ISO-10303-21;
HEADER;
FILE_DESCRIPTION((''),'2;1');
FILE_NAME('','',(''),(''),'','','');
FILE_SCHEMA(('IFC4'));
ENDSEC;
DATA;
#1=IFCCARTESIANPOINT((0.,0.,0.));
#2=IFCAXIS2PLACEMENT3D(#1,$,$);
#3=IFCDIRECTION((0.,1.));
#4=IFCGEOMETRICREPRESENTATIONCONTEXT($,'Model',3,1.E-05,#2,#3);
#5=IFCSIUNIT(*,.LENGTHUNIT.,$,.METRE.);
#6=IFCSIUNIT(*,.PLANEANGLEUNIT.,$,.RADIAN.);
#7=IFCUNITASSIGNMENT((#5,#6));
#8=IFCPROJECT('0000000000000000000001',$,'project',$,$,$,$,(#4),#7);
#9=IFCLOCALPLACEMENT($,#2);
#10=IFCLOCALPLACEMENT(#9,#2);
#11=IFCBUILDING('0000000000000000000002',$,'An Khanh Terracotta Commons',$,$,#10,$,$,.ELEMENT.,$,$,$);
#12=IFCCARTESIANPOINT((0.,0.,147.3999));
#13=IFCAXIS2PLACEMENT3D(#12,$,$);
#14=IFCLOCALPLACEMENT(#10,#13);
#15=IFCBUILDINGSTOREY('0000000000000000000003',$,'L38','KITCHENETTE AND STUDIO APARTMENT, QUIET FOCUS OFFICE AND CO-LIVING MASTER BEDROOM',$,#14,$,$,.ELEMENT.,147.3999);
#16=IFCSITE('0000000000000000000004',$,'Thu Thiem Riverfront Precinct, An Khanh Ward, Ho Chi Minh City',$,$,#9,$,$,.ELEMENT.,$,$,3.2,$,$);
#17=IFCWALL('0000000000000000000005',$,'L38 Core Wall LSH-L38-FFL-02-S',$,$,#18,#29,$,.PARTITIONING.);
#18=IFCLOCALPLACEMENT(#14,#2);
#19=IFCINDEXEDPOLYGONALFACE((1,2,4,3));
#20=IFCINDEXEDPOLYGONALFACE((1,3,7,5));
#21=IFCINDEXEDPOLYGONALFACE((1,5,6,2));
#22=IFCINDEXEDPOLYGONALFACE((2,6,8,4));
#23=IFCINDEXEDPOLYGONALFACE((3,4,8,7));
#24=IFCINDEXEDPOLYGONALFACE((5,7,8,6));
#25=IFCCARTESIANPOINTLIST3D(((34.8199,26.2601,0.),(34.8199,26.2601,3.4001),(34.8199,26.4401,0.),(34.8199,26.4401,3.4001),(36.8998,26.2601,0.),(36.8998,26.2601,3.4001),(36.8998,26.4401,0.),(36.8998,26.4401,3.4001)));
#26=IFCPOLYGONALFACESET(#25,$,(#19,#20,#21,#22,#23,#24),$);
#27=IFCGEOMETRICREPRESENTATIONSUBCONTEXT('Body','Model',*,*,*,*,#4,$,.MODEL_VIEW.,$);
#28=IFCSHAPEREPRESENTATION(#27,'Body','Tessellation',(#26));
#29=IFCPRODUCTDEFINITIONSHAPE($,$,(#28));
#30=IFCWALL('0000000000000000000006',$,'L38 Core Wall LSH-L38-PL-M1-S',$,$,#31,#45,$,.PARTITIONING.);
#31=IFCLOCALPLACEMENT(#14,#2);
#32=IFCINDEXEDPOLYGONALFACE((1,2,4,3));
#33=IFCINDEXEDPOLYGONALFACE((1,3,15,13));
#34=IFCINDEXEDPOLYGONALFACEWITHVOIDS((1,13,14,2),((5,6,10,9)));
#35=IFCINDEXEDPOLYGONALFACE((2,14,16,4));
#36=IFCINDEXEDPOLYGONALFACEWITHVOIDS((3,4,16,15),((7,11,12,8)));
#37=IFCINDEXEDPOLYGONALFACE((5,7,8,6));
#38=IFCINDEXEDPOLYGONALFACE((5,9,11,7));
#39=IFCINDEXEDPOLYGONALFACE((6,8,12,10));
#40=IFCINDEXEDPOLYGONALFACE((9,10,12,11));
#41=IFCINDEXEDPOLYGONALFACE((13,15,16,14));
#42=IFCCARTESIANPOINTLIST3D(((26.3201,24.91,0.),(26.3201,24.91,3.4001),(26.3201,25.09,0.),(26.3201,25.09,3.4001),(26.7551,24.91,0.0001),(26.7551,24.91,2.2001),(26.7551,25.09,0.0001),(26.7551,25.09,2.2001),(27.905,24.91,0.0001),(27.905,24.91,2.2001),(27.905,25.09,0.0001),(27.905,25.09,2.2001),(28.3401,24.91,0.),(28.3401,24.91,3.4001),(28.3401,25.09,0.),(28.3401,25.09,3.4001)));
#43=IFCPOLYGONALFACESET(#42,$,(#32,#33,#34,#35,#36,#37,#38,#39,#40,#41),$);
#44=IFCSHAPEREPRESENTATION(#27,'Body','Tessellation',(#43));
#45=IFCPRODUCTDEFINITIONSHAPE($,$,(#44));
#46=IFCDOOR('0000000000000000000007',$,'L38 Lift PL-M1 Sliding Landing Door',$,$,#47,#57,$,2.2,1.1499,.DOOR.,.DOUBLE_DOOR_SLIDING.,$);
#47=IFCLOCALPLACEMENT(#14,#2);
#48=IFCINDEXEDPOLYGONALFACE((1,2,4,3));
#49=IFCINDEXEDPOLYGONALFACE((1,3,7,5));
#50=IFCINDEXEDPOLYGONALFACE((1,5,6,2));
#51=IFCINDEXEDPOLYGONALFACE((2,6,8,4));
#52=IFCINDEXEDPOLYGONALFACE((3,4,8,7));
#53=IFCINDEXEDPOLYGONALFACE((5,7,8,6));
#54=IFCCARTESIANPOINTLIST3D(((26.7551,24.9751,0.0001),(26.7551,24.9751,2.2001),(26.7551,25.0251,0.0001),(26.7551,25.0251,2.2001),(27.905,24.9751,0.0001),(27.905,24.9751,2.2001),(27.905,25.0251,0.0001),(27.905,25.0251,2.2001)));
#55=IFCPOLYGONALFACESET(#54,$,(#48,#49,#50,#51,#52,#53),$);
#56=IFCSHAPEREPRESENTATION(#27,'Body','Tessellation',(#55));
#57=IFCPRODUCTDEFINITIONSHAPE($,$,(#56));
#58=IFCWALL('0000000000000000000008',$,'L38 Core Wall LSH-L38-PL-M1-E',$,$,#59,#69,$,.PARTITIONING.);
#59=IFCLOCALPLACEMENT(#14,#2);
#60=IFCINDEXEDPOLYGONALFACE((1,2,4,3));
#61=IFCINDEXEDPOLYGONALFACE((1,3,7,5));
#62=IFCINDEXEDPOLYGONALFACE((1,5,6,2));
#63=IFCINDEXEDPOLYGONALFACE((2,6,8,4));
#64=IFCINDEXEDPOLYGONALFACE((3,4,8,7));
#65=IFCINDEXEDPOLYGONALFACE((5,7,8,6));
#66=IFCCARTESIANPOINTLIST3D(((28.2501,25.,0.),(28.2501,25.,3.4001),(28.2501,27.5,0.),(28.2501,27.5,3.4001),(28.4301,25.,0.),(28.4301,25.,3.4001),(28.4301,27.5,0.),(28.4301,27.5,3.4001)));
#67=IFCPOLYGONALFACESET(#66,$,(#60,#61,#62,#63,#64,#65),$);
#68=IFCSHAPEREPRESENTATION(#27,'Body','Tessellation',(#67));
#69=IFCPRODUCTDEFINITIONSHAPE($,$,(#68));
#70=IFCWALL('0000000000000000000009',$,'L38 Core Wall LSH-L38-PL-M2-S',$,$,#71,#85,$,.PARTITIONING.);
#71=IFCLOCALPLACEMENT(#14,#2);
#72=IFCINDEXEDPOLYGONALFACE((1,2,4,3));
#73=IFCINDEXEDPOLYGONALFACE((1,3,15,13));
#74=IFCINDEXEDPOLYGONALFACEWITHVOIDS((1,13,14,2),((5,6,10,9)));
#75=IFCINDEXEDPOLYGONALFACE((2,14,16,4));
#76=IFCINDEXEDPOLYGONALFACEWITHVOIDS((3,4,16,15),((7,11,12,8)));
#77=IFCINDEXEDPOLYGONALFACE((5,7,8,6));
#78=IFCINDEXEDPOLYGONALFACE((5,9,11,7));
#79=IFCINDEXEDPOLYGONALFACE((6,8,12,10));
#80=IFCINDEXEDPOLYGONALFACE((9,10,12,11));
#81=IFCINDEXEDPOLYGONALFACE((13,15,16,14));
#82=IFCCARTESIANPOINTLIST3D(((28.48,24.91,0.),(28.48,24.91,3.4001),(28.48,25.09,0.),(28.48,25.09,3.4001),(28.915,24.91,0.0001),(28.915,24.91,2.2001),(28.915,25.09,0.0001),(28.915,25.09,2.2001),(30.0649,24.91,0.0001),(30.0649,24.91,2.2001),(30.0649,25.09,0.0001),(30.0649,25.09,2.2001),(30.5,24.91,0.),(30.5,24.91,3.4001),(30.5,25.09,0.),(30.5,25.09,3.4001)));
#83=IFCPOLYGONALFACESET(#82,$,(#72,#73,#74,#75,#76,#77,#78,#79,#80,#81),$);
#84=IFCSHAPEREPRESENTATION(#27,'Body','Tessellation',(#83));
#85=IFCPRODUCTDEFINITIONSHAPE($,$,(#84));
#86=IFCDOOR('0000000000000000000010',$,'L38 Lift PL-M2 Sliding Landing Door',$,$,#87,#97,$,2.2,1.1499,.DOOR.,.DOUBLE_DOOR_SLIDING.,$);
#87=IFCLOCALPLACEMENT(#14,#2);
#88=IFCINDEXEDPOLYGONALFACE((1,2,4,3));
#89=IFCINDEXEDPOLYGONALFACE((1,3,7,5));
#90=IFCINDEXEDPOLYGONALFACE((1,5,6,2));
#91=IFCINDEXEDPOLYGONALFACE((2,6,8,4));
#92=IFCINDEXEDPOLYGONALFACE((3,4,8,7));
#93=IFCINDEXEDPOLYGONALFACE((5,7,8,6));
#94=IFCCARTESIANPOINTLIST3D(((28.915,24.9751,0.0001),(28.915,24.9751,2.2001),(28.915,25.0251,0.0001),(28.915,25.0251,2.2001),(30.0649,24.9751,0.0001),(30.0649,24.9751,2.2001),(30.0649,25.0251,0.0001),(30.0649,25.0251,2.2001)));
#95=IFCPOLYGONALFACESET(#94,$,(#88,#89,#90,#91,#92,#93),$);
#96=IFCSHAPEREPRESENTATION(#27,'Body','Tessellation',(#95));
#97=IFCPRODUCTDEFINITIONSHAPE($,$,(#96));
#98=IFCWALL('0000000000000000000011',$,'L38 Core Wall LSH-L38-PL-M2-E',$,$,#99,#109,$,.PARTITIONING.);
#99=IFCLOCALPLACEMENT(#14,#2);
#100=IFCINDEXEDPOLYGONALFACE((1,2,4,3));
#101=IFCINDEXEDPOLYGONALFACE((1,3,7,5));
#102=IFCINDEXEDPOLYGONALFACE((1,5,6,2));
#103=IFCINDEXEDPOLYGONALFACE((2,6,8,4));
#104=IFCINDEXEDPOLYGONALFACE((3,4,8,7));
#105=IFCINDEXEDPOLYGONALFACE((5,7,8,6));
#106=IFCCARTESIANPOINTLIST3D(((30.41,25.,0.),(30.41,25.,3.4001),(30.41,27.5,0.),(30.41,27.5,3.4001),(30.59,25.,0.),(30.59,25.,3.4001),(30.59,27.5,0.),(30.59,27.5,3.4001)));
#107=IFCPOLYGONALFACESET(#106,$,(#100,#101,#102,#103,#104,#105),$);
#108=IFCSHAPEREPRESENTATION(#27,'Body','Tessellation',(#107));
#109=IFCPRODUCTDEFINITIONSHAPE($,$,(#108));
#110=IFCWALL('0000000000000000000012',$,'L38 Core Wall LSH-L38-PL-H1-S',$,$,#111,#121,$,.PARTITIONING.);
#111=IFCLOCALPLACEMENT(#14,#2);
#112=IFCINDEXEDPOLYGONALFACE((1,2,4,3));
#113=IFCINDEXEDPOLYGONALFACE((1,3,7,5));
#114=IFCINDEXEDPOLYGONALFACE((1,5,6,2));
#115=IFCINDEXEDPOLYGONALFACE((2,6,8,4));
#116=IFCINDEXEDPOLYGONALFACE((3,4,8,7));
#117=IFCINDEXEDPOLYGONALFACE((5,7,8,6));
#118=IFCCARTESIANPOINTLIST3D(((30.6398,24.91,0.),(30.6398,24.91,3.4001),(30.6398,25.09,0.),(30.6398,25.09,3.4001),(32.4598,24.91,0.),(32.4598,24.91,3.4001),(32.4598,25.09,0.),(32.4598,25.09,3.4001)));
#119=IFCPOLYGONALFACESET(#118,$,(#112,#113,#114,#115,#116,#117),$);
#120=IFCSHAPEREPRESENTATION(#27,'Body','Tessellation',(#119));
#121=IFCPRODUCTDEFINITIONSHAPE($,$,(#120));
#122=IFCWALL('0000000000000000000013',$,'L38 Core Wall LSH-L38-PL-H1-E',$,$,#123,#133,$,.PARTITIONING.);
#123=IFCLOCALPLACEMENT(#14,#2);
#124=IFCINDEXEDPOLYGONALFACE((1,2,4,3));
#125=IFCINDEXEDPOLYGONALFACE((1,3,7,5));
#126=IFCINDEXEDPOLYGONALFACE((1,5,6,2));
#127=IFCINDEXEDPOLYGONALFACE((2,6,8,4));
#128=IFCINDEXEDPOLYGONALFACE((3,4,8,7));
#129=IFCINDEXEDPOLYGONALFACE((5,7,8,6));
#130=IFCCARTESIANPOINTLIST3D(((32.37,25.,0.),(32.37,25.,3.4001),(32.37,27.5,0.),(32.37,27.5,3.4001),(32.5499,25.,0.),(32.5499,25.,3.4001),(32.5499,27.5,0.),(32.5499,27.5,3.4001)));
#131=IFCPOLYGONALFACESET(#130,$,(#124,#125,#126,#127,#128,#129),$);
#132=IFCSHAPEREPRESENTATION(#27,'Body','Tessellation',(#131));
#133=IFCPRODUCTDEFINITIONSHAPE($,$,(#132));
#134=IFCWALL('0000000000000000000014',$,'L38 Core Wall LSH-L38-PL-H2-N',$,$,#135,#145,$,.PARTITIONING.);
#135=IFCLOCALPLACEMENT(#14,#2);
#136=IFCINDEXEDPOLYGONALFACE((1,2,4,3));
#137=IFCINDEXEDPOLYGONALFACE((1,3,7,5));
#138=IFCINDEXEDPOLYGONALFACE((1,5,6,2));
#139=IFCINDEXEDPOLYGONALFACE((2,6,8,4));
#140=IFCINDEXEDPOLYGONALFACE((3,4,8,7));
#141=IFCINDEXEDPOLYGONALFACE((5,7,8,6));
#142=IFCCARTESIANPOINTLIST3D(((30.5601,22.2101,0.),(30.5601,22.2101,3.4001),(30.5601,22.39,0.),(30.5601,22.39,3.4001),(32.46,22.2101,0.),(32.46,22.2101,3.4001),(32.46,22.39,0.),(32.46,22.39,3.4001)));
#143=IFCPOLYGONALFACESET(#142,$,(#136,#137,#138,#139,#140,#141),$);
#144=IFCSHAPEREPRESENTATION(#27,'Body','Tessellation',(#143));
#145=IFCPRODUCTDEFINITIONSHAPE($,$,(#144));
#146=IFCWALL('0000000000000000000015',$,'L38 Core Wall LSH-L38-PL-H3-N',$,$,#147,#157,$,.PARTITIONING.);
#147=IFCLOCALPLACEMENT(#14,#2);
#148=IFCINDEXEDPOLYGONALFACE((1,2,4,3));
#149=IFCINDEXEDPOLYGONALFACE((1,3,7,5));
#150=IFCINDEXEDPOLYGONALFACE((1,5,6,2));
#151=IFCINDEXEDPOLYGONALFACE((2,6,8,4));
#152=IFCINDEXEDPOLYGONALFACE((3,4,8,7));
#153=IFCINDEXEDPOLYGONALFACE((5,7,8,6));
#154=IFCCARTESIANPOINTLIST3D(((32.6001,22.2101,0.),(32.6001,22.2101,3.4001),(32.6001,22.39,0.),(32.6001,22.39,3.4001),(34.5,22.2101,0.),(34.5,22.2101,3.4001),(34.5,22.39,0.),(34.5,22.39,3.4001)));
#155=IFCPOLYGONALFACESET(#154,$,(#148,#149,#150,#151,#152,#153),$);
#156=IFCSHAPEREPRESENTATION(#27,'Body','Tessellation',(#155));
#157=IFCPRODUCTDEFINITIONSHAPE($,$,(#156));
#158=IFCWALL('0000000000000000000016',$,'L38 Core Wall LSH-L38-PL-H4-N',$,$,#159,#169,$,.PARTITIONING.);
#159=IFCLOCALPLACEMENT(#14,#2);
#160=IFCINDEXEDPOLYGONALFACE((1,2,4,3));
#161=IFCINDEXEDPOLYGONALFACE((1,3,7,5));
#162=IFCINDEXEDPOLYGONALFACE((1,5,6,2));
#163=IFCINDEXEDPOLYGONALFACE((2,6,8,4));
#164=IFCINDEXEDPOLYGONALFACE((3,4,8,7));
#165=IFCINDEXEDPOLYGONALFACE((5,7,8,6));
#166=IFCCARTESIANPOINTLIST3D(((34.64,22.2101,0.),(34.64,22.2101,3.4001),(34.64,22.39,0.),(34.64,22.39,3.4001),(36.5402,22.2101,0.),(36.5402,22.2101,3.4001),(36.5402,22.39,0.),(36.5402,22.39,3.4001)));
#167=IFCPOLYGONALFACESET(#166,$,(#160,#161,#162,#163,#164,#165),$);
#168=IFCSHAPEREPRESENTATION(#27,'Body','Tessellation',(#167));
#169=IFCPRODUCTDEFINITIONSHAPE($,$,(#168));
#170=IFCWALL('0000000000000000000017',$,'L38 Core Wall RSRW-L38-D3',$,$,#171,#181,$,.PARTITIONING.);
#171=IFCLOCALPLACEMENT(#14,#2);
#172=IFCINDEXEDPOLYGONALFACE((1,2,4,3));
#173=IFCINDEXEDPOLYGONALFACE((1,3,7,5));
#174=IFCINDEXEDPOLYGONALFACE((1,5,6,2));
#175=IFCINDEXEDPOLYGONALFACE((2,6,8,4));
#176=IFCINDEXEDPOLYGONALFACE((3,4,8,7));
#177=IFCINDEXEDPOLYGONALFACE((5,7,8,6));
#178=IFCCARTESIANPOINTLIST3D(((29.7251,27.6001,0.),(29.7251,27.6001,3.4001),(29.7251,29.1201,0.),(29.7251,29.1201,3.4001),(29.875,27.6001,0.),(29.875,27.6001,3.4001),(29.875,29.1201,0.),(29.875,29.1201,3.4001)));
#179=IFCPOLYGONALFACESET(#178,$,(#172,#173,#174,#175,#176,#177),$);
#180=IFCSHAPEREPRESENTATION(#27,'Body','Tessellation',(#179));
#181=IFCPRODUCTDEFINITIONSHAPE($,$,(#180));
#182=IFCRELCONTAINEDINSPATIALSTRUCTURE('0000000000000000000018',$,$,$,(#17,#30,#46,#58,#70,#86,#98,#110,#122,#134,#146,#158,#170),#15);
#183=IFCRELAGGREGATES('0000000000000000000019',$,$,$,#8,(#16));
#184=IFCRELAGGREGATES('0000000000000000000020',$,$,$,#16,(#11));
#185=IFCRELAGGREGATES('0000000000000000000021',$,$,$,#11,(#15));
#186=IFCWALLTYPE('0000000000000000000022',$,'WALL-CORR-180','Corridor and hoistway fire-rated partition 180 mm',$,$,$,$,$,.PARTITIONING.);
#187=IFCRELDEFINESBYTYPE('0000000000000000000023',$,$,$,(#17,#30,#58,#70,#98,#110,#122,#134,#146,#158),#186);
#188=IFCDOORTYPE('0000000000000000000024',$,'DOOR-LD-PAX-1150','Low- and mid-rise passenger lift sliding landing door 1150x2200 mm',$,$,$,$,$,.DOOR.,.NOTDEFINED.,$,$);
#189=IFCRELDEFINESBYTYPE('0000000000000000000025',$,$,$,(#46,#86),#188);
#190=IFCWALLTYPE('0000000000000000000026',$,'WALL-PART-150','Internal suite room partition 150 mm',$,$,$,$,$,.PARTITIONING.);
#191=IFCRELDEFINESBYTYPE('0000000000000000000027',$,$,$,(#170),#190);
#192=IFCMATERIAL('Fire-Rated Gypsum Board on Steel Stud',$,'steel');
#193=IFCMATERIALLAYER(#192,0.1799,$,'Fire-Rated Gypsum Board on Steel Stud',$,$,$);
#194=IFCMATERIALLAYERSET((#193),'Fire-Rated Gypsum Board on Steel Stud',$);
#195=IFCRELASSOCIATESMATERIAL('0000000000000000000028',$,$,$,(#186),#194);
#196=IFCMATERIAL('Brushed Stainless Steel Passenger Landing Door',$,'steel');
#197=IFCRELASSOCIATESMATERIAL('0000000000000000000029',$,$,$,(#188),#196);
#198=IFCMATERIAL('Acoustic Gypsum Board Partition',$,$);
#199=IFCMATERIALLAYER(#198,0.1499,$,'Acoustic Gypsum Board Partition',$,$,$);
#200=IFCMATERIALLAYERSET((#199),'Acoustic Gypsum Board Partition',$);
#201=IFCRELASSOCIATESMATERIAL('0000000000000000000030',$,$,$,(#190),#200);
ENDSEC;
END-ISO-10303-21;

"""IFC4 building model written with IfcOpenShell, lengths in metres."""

from ifc_helpers import new_model, si_unit, direction, frame, frame_2d, origin, place, context, subcontext, project, spatial, rectangle, extrude, material, layer, layer_set, type_object, element, fill, save


model = new_model("IFC4")

# Units and contexts
model_context = context("Model", 3, precision=1e-05, world=origin(), true_north=direction((0.0, 1.0)))
body_context = subcontext(model_context, "Body", "Model", "MODEL_VIEW")
ifc_project = project(units=[si_unit("LENGTHUNIT", "METRE"), si_unit("PLANEANGLEUNIT", "RADIAN")], contexts=[model_context])

# Site, building, storey
site_placement = place(None, origin())
site = spatial("IfcSite", under=ifc_project, at=site_placement, Name="Thu Thiem Riverfront Precinct, An Khanh Ward, Ho Chi Minh City", CompositionType="ELEMENT", RefElevation=3.2)
building_placement = place(site_placement, origin())
building = spatial("IfcBuilding", under=site, at=building_placement, Name="An Khanh Terracotta Commons", CompositionType="ELEMENT")
storey_placement = place(building_placement, frame((0.0, 0.0, 147.3999)))
storey = spatial("IfcBuildingStorey", under=building, at=storey_placement, Name="L38", Description="KITCHENETTE AND STUDIO APARTMENT, QUIET FOCUS OFFICE AND CO-LIVING MASTER BEDROOM", CompositionType="ELEMENT", Elevation=147.3999)

# Wall
ifc_material_1 = material(Name="Fire-Rated Gypsum Board on Steel Stud", Category="steel")
ifc_layer_1 = layer(ifc_material_1, 0.1799, Name="Fire-Rated Gypsum Board on Steel Stud")
ifc_layer_set_1 = layer_set([ifc_layer_1], Name="Fire-Rated Gypsum Board on Steel Stud")
wall_type_1 = type_object("IfcWallType", Name="WALL-CORR-180", Description="Corridor and hoistway fire-rated partition 180 mm", PredefinedType="PARTITIONING", material=ifc_layer_set_1)
wall_1_placement = place(storey_placement, frame((36.8999, 26.3501, 0.0), z_axis=(0.0, 0.0, 1.0), x_axis=(-1.0, 0.0, 0.0)))
element("IfcWall", 1, at=wall_1_placement, inside=storey, type_object=wall_type_1, Name="L38 Core Wall LSH-L38-FFL-02-S", PredefinedType="PARTITIONING", context=body_context, shape_type="SweptSolid", body=[
    extrude(rectangle(XDim=2.0798, YDim=0.1799, at=frame_2d((1.04, 0.0))), origin(), (0.0, 0.0, 1.0), 3.4001),
])

# Wall, opening, door
wall_2_placement = place(storey_placement, frame((28.3401, 25.0, 0.0), z_axis=(0.0, 0.0, 1.0), x_axis=(-1.0, 0.0, 0.0)))
wall_2 = element("IfcWall", 2, at=wall_2_placement, inside=storey, type_object=wall_type_1, Name="L38 Core Wall LSH-L38-PL-M1-S", PredefinedType="PARTITIONING", context=body_context, shape_type="SweptSolid", body=[
    extrude(rectangle(XDim=2.02, YDim=0.1799, at=frame_2d((1.01, 0.0))), origin(), (0.0, 0.0, 1.0), 3.4001),
])
opening_1_placement = place(wall_2_placement, frame((0.4351, 0.0, 0.0)))
opening_1 = element("IfcOpeningElement", 3, at=opening_1_placement, cuts=wall_2, PredefinedType="OPENING", context=body_context, shape_type="SweptSolid", body=[
    extrude(rectangle(XDim=1.1499, YDim=2.2, at=frame_2d((0.575, 1.1001))), frame((0.0, 0.0999, 0.0), z_axis=(0.0, -1.0, 0.0), x_axis=(1.0, 0.0, 0.0)), (0.0, 0.0, 1.0), 0.2),
])
ifc_material_2 = material(Name="Brushed Stainless Steel Passenger Landing Door", Category="steel")
door_type = type_object("IfcDoorType", Name="DOOR-LD-PAX-1150", Description="Low- and mid-rise passenger lift sliding landing door 1150x2200 mm", OperationType="NOTDEFINED", PredefinedType="DOOR", material=ifc_material_2)
door_1_placement = place(opening_1_placement, origin())
door_1 = element("IfcDoor", 4, at=door_1_placement, inside=storey, type_object=door_type, Name="L38 Lift PL-M1 Sliding Landing Door", OperationType="DOUBLE_DOOR_SLIDING", OverallHeight=2.2, OverallWidth=1.1499, PredefinedType="DOOR", context=body_context, shape_type="SweptSolid", body=[
    extrude(rectangle(XDim=1.1499, YDim=2.2, at=frame_2d((0.575, 1.1001))), frame((0.0, 0.0249, 0.0), z_axis=(0.0, -1.0, 0.0), x_axis=(1.0, 0.0, 0.0)), (0.0, 0.0, 1.0), 0.05),
])
fill(opening_1, door_1)

# Wall
wall_3_placement = place(storey_placement, frame((28.3401, 25.0, 0.0), z_axis=(0.0, 0.0, 1.0), x_axis=(0.0, 1.0, 0.0)))
element("IfcWall", 5, at=wall_3_placement, inside=storey, type_object=wall_type_1, Name="L38 Core Wall LSH-L38-PL-M1-E", PredefinedType="PARTITIONING", context=body_context, shape_type="SweptSolid", body=[
    extrude(rectangle(XDim=2.5, YDim=0.1799, at=frame_2d((1.25, 0.0))), origin(), (0.0, 0.0, 1.0), 3.4001),
])

# Wall, opening, door
wall_4_placement = place(storey_placement, frame((30.5, 25.0, 0.0), z_axis=(0.0, 0.0, 1.0), x_axis=(-1.0, 0.0, 0.0)))
wall_4 = element("IfcWall", 6, at=wall_4_placement, inside=storey, type_object=wall_type_1, Name="L38 Core Wall LSH-L38-PL-M2-S", PredefinedType="PARTITIONING", context=body_context, shape_type="SweptSolid", body=[
    extrude(rectangle(XDim=2.02, YDim=0.1799, at=frame_2d((1.01, 0.0))), origin(), (0.0, 0.0, 1.0), 3.4001),
])
opening_2_placement = place(wall_4_placement, frame((0.4351, 0.0, 0.0)))
opening_2 = element("IfcOpeningElement", 7, at=opening_2_placement, cuts=wall_4, PredefinedType="OPENING", context=body_context, shape_type="SweptSolid", body=[
    extrude(rectangle(XDim=1.1499, YDim=2.2, at=frame_2d((0.575, 1.1001))), frame((0.0, 0.0999, 0.0), z_axis=(0.0, -1.0, 0.0), x_axis=(1.0, 0.0, 0.0)), (0.0, 0.0, 1.0), 0.2),
])
door_2_placement = place(opening_2_placement, origin())
door_2 = element("IfcDoor", 8, at=door_2_placement, inside=storey, type_object=door_type, Name="L38 Lift PL-M2 Sliding Landing Door", OperationType="DOUBLE_DOOR_SLIDING", OverallHeight=2.2, OverallWidth=1.1499, PredefinedType="DOOR", context=body_context, shape_type="SweptSolid", body=[
    extrude(rectangle(XDim=1.1499, YDim=2.2, at=frame_2d((0.575, 1.1001))), frame((0.0, 0.0249, 0.0), z_axis=(0.0, -1.0, 0.0), x_axis=(1.0, 0.0, 0.0)), (0.0, 0.0, 1.0), 0.05),
])
fill(opening_2, door_2)

# Walls
wall_5_placement = place(storey_placement, frame((30.5, 25.0, 0.0), z_axis=(0.0, 0.0, 1.0), x_axis=(0.0, 1.0, 0.0)))
element("IfcWall", 9, at=wall_5_placement, inside=storey, type_object=wall_type_1, Name="L38 Core Wall LSH-L38-PL-M2-E", PredefinedType="PARTITIONING", context=body_context, shape_type="SweptSolid", body=[
    extrude(rectangle(XDim=2.5, YDim=0.1799, at=frame_2d((1.25, 0.0))), origin(), (0.0, 0.0, 1.0), 3.4001),
])
wall_6_placement = place(storey_placement, frame((32.46, 25.0, 0.0), z_axis=(0.0, 0.0, 1.0), x_axis=(-1.0, 0.0, 0.0)))
element("IfcWall", 10, at=wall_6_placement, inside=storey, type_object=wall_type_1, Name="L38 Core Wall LSH-L38-PL-H1-S", PredefinedType="PARTITIONING", context=body_context, shape_type="SweptSolid", body=[
    extrude(rectangle(XDim=1.8201, YDim=0.1799, at=frame_2d((0.9102, 0.0))), origin(), (0.0, 0.0, 1.0), 3.4001),
])
wall_7_placement = place(storey_placement, frame((32.46, 25.0, 0.0), z_axis=(0.0, 0.0, 1.0), x_axis=(0.0, 1.0, 0.0)))
element("IfcWall", 11, at=wall_7_placement, inside=storey, type_object=wall_type_1, Name="L38 Core Wall LSH-L38-PL-H1-E", PredefinedType="PARTITIONING", context=body_context, shape_type="SweptSolid", body=[
    extrude(rectangle(XDim=2.5, YDim=0.1799, at=frame_2d((1.25, 0.0))), origin(), (0.0, 0.0, 1.0), 3.4001),
])
for number, where, z_axis, x_axis, name in (
    (12, (30.5601, 22.3, 0.0), (0.0, 0.0, 1.0), (1.0, 0.0, 0.0), "L38 Core Wall LSH-L38-PL-H2-N"),
    (13, (32.6001, 22.3, 0.0), (0.0, 0.0, 1.0), (1.0, 0.0, 0.0), "L38 Core Wall LSH-L38-PL-H3-N"),
):
    element("IfcWall", number, at=place(storey_placement, frame(where, z_axis=z_axis, x_axis=x_axis)), inside=storey, type_object=wall_type_1, Name=name, PredefinedType="PARTITIONING", context=body_context, shape_type="SweptSolid", body=[
        extrude(rectangle(XDim=1.8999, YDim=0.1799, at=frame_2d((0.95, 0.0))), origin(), (0.0, 0.0, 1.0), 3.4001),
    ])
wall_8_placement = place(storey_placement, frame((34.6399, 22.3, 0.0), z_axis=(0.0, 0.0, 1.0), x_axis=(1.0, 0.0, 0.0)))
element("IfcWall", 14, at=wall_8_placement, inside=storey, type_object=wall_type_1, Name="L38 Core Wall LSH-L38-PL-H4-N", PredefinedType="PARTITIONING", context=body_context, shape_type="SweptSolid", body=[
    extrude(rectangle(XDim=1.9001, YDim=0.1799, at=frame_2d((0.9502, 0.0))), origin(), (0.0, 0.0, 1.0), 3.4001),
])
ifc_material_3 = material(Name="Acoustic Gypsum Board Partition")
ifc_layer_2 = layer(ifc_material_3, 0.1499, Name="Acoustic Gypsum Board Partition")
ifc_layer_set_2 = layer_set([ifc_layer_2], Name="Acoustic Gypsum Board Partition")
wall_type_2 = type_object("IfcWallType", Name="WALL-PART-150", Description="Internal suite room partition 150 mm", PredefinedType="PARTITIONING", material=ifc_layer_set_2)
wall_9_placement = place(storey_placement, frame((29.8, 27.6001, 0.0), z_axis=(0.0, 0.0, 1.0), x_axis=(0.0, 1.0, 0.0)))
element("IfcWall", 15, at=wall_9_placement, inside=storey, type_object=wall_type_2, Name="L38 Core Wall RSRW-L38-D3", PredefinedType="PARTITIONING", context=body_context, shape_type="SweptSolid", body=[
    extrude(rectangle(XDim=1.52, YDim=0.1499, at=frame_2d((0.76, 0.0))), origin(), (0.0, 0.0, 1.0), 3.4001),
])

save(model, "model.ifc")
